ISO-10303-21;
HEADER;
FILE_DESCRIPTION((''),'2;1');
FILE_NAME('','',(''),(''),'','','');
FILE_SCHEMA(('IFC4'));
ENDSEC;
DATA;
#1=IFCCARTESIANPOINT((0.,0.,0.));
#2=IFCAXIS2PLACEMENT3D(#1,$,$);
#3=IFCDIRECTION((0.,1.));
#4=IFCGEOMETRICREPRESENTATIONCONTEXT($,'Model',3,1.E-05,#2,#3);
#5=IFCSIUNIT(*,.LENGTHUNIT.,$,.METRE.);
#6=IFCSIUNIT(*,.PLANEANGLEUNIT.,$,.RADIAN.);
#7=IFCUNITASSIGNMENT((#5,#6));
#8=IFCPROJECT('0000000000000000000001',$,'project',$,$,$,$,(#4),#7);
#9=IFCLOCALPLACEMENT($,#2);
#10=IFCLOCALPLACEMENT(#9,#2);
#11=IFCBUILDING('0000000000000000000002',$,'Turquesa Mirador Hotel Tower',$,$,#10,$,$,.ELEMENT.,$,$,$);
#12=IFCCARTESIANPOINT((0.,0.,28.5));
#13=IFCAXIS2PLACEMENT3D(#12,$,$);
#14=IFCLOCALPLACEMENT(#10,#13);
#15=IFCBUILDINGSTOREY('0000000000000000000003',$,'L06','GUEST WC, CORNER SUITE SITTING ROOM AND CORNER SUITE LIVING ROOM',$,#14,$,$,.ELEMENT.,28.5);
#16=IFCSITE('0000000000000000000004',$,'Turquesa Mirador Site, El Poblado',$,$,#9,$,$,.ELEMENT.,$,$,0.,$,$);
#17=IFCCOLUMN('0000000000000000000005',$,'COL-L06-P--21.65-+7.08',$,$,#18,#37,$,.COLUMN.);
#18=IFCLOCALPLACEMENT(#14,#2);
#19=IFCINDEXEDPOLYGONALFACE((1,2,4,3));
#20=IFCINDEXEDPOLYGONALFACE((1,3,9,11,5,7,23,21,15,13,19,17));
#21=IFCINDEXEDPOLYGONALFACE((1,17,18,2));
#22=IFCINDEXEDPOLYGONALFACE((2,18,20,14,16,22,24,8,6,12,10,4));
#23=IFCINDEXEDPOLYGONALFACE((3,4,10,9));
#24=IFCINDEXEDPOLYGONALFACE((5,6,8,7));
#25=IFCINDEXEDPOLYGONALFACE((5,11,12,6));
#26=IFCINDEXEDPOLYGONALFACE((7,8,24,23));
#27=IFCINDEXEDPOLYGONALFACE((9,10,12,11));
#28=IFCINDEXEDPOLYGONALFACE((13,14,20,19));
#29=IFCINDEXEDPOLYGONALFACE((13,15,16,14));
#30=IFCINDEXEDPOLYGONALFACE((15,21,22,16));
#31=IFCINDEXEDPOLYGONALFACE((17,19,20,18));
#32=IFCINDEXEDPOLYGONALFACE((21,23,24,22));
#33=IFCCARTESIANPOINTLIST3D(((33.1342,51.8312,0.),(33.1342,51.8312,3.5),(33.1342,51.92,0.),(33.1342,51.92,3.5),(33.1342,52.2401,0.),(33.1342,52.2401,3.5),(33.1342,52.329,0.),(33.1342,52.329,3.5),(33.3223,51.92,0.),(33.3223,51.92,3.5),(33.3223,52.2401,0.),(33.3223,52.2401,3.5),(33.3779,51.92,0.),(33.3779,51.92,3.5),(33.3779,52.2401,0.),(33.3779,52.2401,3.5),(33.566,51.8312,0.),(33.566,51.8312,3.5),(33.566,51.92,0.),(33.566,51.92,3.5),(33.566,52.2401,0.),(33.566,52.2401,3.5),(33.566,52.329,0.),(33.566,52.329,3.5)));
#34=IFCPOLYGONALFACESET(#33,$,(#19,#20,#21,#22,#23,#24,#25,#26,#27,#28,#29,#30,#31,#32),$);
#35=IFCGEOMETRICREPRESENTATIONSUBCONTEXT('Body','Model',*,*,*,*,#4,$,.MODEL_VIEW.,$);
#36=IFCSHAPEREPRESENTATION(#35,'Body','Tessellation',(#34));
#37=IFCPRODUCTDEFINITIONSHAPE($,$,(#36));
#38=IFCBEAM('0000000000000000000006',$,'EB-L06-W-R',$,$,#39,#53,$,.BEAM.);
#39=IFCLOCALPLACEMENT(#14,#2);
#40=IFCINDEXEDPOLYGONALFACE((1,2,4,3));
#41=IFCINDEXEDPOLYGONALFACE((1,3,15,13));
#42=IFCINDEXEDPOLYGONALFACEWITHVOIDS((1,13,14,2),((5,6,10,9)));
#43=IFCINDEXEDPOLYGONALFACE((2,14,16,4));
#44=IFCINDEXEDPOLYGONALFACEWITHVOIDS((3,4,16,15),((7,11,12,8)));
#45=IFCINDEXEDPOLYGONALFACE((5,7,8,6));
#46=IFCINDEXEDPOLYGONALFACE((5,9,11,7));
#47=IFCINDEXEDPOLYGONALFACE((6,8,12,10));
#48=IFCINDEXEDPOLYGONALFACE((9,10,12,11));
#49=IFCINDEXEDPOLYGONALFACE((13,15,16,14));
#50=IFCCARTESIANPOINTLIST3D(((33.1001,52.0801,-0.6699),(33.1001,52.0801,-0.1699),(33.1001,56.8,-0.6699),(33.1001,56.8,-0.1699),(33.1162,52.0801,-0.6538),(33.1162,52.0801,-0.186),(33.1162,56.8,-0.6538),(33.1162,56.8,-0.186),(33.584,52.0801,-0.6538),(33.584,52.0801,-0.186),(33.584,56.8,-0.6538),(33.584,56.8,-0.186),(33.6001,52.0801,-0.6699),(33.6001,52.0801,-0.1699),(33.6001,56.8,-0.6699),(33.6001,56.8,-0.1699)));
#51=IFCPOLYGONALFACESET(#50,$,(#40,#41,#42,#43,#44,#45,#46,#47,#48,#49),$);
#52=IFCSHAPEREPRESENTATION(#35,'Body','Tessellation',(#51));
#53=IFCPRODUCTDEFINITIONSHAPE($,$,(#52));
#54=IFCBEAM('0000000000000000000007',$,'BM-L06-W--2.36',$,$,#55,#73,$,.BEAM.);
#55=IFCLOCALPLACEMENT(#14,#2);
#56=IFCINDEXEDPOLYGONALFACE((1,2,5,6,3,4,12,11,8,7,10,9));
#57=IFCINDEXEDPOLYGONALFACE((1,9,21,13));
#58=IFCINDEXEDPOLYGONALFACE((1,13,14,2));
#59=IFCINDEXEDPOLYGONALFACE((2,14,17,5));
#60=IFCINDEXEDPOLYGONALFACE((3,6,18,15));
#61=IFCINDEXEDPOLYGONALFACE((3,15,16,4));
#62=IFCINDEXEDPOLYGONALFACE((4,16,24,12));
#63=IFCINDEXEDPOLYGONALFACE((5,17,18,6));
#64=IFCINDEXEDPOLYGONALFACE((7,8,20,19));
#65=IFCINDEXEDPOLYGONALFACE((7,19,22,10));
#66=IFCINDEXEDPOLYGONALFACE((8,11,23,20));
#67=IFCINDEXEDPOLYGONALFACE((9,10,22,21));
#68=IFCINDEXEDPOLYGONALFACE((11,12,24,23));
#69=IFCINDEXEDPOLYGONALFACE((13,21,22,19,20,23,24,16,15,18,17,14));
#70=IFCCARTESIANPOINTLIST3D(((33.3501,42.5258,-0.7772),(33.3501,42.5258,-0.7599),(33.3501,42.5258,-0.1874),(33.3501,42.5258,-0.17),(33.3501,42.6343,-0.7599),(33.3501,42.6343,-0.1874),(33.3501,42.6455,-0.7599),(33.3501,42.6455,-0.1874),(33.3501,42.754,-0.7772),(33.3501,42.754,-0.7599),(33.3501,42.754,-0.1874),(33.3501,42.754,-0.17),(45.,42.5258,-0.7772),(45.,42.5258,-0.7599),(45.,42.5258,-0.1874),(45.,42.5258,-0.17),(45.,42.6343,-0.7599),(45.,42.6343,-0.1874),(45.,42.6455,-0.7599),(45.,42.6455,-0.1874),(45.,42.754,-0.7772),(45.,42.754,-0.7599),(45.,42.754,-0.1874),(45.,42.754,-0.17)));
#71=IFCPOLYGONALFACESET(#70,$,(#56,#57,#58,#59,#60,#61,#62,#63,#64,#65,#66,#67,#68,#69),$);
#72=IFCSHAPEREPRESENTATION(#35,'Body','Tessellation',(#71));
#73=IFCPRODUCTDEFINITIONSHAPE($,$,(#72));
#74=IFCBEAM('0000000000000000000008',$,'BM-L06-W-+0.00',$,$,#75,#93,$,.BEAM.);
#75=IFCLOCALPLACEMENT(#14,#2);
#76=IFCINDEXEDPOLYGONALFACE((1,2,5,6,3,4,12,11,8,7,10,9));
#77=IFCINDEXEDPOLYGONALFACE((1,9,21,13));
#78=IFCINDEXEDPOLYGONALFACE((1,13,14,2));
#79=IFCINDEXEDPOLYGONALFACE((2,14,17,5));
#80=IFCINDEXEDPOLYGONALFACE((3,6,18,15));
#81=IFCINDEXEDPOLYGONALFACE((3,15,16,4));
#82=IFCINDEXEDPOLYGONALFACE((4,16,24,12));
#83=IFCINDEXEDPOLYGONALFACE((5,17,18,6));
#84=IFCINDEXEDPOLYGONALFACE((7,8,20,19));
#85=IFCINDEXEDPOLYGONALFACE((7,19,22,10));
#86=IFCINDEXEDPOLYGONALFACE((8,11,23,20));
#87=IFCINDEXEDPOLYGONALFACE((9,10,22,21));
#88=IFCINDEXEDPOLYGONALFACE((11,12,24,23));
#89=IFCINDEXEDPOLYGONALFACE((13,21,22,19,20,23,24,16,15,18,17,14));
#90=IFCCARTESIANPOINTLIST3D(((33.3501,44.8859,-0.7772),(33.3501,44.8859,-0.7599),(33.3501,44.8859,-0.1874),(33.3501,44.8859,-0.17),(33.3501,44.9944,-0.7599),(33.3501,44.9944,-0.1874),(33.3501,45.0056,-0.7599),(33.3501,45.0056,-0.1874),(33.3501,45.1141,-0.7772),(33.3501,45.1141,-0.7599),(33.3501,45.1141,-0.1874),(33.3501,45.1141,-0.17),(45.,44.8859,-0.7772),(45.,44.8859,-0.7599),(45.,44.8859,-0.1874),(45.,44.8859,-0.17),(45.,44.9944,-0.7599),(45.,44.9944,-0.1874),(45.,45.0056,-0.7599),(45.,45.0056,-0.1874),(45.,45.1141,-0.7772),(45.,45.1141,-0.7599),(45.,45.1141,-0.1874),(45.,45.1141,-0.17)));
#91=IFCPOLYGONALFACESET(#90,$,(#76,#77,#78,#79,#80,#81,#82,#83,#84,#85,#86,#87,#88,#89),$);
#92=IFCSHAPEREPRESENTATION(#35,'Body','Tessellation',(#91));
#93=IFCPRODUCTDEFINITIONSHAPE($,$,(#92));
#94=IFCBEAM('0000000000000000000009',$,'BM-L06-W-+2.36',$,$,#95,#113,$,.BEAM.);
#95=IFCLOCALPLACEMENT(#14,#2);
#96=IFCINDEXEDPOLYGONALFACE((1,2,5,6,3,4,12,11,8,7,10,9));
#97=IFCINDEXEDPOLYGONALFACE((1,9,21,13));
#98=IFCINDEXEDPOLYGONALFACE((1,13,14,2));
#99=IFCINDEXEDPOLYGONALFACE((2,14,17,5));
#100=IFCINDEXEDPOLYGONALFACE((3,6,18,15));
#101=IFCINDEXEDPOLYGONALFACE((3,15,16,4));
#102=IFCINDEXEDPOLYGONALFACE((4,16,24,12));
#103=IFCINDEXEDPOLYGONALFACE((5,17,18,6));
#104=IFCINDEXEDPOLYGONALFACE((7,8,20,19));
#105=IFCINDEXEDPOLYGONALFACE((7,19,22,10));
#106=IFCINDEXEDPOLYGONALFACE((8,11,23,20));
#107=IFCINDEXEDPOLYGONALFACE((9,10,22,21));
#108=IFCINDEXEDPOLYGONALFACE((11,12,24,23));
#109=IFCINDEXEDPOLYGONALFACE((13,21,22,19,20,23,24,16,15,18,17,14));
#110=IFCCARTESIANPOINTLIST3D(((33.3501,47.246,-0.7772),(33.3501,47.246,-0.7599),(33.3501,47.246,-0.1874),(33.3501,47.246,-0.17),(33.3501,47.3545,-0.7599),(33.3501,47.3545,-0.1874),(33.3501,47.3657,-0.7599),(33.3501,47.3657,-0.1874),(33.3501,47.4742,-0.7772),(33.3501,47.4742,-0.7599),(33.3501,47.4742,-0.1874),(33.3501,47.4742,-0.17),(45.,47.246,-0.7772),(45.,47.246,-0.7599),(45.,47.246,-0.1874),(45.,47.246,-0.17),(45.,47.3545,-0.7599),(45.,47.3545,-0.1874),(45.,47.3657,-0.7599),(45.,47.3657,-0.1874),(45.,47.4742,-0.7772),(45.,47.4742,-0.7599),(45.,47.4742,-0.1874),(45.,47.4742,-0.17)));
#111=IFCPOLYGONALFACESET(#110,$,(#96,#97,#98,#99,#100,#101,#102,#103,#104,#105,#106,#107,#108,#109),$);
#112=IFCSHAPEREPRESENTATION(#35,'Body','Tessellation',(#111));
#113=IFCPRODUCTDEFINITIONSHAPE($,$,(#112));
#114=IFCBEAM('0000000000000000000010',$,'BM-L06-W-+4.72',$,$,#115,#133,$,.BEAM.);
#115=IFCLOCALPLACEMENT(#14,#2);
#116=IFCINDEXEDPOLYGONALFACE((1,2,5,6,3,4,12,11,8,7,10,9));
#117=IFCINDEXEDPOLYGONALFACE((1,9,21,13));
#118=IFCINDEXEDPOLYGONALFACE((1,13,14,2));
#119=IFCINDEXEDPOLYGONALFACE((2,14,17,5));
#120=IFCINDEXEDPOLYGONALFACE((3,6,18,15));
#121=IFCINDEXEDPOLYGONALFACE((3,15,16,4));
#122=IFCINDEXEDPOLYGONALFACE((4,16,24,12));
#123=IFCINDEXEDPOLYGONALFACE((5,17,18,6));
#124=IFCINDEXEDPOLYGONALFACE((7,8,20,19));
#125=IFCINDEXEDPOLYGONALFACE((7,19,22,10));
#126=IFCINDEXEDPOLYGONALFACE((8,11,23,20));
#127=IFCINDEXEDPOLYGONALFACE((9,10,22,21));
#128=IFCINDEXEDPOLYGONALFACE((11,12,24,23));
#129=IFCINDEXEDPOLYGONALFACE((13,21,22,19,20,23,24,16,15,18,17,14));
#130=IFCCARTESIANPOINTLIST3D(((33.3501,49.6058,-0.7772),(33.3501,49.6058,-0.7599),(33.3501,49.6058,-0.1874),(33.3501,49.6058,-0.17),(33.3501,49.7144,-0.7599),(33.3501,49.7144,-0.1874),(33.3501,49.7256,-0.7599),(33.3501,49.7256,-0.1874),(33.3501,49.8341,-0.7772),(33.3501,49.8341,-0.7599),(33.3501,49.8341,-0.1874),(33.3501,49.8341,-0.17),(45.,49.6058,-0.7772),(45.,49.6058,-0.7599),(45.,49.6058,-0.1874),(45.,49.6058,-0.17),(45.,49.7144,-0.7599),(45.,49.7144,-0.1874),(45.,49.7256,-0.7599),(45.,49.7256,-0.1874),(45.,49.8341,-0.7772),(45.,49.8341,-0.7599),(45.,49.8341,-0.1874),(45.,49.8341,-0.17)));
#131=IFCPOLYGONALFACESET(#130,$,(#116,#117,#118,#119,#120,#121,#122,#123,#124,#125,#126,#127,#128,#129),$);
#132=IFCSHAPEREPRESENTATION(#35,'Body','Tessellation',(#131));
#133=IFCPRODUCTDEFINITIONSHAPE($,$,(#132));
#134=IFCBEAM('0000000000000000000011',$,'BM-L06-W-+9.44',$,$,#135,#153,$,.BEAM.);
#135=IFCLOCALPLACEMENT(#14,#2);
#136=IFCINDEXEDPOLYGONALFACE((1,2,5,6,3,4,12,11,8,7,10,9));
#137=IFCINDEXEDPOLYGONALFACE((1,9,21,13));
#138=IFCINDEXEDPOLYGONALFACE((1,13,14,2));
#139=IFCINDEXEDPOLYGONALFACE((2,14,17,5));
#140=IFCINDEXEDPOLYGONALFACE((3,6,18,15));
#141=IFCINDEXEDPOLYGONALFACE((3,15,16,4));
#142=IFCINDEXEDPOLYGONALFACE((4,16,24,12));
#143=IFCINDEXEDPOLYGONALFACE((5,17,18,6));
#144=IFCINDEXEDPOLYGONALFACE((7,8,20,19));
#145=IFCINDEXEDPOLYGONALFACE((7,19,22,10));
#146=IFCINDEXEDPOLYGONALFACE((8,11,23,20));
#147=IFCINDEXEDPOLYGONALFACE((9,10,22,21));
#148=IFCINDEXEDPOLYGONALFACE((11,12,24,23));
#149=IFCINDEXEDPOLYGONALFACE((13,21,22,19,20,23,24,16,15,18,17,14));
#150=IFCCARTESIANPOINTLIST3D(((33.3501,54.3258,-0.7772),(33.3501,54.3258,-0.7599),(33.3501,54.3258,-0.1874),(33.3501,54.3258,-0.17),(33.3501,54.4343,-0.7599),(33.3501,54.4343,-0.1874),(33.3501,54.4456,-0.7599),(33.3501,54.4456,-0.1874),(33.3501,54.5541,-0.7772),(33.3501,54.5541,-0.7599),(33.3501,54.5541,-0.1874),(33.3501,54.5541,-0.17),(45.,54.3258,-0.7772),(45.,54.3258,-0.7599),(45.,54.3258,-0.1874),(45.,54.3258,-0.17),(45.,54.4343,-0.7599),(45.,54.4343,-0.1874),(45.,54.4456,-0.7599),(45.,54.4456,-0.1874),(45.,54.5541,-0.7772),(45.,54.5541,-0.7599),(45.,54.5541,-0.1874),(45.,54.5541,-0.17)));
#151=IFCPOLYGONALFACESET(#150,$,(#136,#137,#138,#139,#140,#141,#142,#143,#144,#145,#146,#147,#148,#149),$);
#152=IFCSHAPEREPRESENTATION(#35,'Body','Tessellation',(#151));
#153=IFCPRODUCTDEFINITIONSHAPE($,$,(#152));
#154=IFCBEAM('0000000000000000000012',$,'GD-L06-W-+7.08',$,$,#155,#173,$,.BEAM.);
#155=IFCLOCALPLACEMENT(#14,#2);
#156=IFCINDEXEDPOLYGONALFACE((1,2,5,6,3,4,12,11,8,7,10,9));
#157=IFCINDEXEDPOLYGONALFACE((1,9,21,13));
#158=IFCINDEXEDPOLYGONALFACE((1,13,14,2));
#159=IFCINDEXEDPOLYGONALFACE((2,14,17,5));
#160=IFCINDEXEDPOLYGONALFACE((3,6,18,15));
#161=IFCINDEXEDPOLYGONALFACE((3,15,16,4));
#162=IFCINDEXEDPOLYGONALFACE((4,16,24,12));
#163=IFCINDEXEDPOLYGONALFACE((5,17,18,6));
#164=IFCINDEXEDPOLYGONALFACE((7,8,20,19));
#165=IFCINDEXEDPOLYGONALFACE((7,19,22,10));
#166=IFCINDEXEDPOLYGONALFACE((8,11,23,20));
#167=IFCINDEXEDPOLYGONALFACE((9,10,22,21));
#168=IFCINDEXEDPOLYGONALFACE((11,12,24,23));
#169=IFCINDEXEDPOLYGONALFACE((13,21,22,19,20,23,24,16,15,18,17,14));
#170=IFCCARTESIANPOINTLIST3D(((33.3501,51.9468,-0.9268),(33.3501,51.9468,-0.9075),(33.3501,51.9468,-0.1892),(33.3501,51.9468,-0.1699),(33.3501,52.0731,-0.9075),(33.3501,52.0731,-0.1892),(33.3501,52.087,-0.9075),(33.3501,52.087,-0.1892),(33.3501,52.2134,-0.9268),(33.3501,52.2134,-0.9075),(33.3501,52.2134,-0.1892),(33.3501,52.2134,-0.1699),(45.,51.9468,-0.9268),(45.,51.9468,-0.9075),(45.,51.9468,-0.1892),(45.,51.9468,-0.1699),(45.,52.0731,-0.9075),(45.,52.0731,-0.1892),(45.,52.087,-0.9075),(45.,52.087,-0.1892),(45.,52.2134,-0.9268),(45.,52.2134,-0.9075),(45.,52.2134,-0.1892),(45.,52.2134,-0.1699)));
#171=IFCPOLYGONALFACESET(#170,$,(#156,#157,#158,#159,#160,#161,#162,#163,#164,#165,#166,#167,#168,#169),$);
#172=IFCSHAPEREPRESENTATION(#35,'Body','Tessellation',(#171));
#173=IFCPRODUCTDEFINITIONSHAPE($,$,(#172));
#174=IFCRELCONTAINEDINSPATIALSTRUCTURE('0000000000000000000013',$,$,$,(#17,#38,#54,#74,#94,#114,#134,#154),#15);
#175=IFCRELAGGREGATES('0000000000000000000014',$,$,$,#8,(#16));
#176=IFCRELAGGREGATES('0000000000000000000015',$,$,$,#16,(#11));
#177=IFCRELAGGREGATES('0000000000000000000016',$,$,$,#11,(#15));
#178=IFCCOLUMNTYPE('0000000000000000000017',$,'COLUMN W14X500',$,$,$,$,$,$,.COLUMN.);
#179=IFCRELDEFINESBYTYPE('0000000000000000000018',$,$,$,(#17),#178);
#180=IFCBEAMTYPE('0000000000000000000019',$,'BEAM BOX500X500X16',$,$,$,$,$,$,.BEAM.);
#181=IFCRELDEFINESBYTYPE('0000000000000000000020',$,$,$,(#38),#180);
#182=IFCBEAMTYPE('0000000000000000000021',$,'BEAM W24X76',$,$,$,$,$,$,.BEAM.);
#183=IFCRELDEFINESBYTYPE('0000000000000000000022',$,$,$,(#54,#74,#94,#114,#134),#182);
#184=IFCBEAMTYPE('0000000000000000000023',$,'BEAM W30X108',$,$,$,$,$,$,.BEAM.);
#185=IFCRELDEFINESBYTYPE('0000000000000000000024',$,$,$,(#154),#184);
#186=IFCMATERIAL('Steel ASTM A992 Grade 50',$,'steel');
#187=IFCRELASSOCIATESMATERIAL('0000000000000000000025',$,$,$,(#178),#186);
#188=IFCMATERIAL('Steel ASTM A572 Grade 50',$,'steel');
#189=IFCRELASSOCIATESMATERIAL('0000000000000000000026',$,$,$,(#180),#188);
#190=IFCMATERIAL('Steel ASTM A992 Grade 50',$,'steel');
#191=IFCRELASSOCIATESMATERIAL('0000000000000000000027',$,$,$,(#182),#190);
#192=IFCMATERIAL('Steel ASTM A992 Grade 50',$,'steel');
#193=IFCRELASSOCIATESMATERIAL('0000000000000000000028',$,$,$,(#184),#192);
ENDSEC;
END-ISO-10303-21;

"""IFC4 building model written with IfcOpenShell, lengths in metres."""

from ifc_helpers import new_model, si_unit, direction, frame, origin, origin_2d, place, context, subcontext, project, spatial, hollow_rectangle, i_section, extrude, material, material_profile, profile_set, type_object, element, save


model = new_model("IFC4")

# Units and contexts
model_context = context("Model", 3, precision=1e-05, world=origin(), true_north=direction((0.0, 1.0)))
body_context = subcontext(model_context, "Body", "Model", "MODEL_VIEW")
ifc_project = project(units=[si_unit("LENGTHUNIT", "METRE"), si_unit("PLANEANGLEUNIT", "RADIAN")], contexts=[model_context])

# Site, building, storey
site_placement = place(None, origin())
site = spatial("IfcSite", under=ifc_project, at=site_placement, Name="Turquesa Mirador Site, El Poblado", CompositionType="ELEMENT", RefElevation=0.0)
building_placement = place(site_placement, origin())
building = spatial("IfcBuilding", under=site, at=building_placement, Name="Turquesa Mirador Hotel Tower", CompositionType="ELEMENT")
storey_placement = place(building_placement, frame((0.0, 0.0, 28.5)))
storey = spatial("IfcBuildingStorey", under=building, at=storey_placement, Name="L06", Description="GUEST WC, CORNER SUITE SITTING ROOM AND CORNER SUITE LIVING ROOM", CompositionType="ELEMENT", Elevation=28.5)

# Column
ifc_material_1 = material(Name="Steel ASTM A992 Grade 50", Category="steel")
ifc_material_profile_1 = material_profile(ifc_material_1, i_section(OverallWidth=0.4319, OverallDepth=0.4978, WebThickness=0.0557, FlangeThickness=0.0889, at=origin_2d()), Name="W14X500")
ifc_profile_set_1 = profile_set([ifc_material_profile_1], Name="Steel ASTM A992 Grade 50")
column_type = type_object("IfcColumnType", Name="COLUMN W14X500", PredefinedType="COLUMN", material=ifc_profile_set_1)
column_placement = place(storey_placement, frame((33.3501, 52.0801, 0.0), z_axis=(0.0, 0.0, 1.0), x_axis=(1.0, 0.0, 0.0)))
element("IfcColumn", 1, at=column_placement, inside=storey, type_object=column_type, Name="COL-L06-P--21.65-+7.08", PredefinedType="COLUMN", context=body_context, shape_type="SweptSolid", body=[
    extrude(i_section(OverallWidth=0.4319, OverallDepth=0.4978, WebThickness=0.0557, FlangeThickness=0.0889, at=origin_2d()), origin(), (0.0, 0.0, 1.0), 3.5),
])

# Beams
ifc_material_2 = material(Name="Steel ASTM A572 Grade 50", Category="steel")
ifc_material_profile_2 = material_profile(ifc_material_2, hollow_rectangle(XDim=0.5, YDim=0.5, WallThickness=0.0161, at=origin_2d()), Name="BOX500X500X16")
ifc_profile_set_2 = profile_set([ifc_material_profile_2], Name="Steel ASTM A572 Grade 50")
beam_type_1 = type_object("IfcBeamType", Name="BEAM BOX500X500X16", PredefinedType="BEAM", material=ifc_profile_set_2)
beam_1_placement = place(storey_placement, frame((33.3501, 52.0801, -0.4199), z_axis=(0.0, 1.0, 0.0), x_axis=(-1.0, 0.0, 0.0)))
element("IfcBeam", 2, at=beam_1_placement, inside=storey, type_object=beam_type_1, Name="EB-L06-W-R", PredefinedType="BEAM", context=body_context, shape_type="SweptSolid", body=[
    extrude(hollow_rectangle(XDim=0.5, YDim=0.5, WallThickness=0.0161, at=origin_2d()), origin(), (0.0, 0.0, 1.0), 4.72),
])
ifc_material_3 = material(Name="Steel ASTM A992 Grade 50", Category="steel")
ifc_material_profile_3 = material_profile(ifc_material_3, i_section(OverallWidth=0.2283, OverallDepth=0.6072, WebThickness=0.0112, FlangeThickness=0.0173, at=origin_2d()), Name="W24X76")
ifc_profile_set_3 = profile_set([ifc_material_profile_3], Name="Steel ASTM A992 Grade 50")
beam_type_2 = type_object("IfcBeamType", Name="BEAM W24X76", PredefinedType="BEAM", material=ifc_profile_set_3)
for number, where, z_axis, x_axis, name in (
    (3, (33.3501, 42.6399, -0.4736), (1.0, 0.0, 0.0), (0.0, 1.0, 0.0), "BM-L06-W--2.36"),
    (4, (33.3501, 45.0, -0.4736), (1.0, 0.0, 0.0), (0.0, 1.0, 0.0), "BM-L06-W-+0.00"),
    (5, (33.3501, 47.3601, -0.4736), (1.0, 0.0, 0.0), (0.0, 1.0, 0.0), "BM-L06-W-+2.36"),
    (6, (33.3501, 49.72, -0.4736), (1.0, 0.0, 0.0), (0.0, 1.0, 0.0), "BM-L06-W-+4.72"),
    (7, (33.3501, 54.4399, -0.4736), (1.0, 0.0, 0.0), (0.0, 1.0, 0.0), "BM-L06-W-+9.44"),
):
    element("IfcBeam", number, at=place(storey_placement, frame(where, z_axis=z_axis, x_axis=x_axis)), inside=storey, type_object=beam_type_2, Name=name, PredefinedType="BEAM", context=body_context, shape_type="SweptSolid", body=[
        extrude(i_section(OverallWidth=0.2283, OverallDepth=0.6072, WebThickness=0.0112, FlangeThickness=0.0173, at=origin_2d()), origin(), (0.0, 0.0, 1.0), 11.6499),
    ])
ifc_material_4 = material(Name="Steel ASTM A992 Grade 50", Category="steel")
ifc_material_profile_4 = material_profile(ifc_material_4, i_section(OverallWidth=0.2666, OverallDepth=0.7568, WebThickness=0.0139, FlangeThickness=0.0193, at=origin_2d()), Name="W30X108")
ifc_profile_set_4 = profile_set([ifc_material_profile_4], Name="Steel ASTM A992 Grade 50")
beam_type_3 = type_object("IfcBeamType", Name="BEAM W30X108", PredefinedType="BEAM", material=ifc_profile_set_4)
beam_2_placement = place(storey_placement, frame((33.3501, 52.0801, -0.5483), z_axis=(1.0, 0.0, 0.0), x_axis=(0.0, 1.0, 0.0)))
element("IfcBeam", 8, at=beam_2_placement, inside=storey, type_object=beam_type_3, Name="GD-L06-W-+7.08", PredefinedType="BEAM", context=body_context, shape_type="SweptSolid", body=[
    extrude(i_section(OverallWidth=0.2666, OverallDepth=0.7568, WebThickness=0.0139, FlangeThickness=0.0193, at=origin_2d()), origin(), (0.0, 0.0, 1.0), 11.6499),
])

save(model, "model.ifc")
